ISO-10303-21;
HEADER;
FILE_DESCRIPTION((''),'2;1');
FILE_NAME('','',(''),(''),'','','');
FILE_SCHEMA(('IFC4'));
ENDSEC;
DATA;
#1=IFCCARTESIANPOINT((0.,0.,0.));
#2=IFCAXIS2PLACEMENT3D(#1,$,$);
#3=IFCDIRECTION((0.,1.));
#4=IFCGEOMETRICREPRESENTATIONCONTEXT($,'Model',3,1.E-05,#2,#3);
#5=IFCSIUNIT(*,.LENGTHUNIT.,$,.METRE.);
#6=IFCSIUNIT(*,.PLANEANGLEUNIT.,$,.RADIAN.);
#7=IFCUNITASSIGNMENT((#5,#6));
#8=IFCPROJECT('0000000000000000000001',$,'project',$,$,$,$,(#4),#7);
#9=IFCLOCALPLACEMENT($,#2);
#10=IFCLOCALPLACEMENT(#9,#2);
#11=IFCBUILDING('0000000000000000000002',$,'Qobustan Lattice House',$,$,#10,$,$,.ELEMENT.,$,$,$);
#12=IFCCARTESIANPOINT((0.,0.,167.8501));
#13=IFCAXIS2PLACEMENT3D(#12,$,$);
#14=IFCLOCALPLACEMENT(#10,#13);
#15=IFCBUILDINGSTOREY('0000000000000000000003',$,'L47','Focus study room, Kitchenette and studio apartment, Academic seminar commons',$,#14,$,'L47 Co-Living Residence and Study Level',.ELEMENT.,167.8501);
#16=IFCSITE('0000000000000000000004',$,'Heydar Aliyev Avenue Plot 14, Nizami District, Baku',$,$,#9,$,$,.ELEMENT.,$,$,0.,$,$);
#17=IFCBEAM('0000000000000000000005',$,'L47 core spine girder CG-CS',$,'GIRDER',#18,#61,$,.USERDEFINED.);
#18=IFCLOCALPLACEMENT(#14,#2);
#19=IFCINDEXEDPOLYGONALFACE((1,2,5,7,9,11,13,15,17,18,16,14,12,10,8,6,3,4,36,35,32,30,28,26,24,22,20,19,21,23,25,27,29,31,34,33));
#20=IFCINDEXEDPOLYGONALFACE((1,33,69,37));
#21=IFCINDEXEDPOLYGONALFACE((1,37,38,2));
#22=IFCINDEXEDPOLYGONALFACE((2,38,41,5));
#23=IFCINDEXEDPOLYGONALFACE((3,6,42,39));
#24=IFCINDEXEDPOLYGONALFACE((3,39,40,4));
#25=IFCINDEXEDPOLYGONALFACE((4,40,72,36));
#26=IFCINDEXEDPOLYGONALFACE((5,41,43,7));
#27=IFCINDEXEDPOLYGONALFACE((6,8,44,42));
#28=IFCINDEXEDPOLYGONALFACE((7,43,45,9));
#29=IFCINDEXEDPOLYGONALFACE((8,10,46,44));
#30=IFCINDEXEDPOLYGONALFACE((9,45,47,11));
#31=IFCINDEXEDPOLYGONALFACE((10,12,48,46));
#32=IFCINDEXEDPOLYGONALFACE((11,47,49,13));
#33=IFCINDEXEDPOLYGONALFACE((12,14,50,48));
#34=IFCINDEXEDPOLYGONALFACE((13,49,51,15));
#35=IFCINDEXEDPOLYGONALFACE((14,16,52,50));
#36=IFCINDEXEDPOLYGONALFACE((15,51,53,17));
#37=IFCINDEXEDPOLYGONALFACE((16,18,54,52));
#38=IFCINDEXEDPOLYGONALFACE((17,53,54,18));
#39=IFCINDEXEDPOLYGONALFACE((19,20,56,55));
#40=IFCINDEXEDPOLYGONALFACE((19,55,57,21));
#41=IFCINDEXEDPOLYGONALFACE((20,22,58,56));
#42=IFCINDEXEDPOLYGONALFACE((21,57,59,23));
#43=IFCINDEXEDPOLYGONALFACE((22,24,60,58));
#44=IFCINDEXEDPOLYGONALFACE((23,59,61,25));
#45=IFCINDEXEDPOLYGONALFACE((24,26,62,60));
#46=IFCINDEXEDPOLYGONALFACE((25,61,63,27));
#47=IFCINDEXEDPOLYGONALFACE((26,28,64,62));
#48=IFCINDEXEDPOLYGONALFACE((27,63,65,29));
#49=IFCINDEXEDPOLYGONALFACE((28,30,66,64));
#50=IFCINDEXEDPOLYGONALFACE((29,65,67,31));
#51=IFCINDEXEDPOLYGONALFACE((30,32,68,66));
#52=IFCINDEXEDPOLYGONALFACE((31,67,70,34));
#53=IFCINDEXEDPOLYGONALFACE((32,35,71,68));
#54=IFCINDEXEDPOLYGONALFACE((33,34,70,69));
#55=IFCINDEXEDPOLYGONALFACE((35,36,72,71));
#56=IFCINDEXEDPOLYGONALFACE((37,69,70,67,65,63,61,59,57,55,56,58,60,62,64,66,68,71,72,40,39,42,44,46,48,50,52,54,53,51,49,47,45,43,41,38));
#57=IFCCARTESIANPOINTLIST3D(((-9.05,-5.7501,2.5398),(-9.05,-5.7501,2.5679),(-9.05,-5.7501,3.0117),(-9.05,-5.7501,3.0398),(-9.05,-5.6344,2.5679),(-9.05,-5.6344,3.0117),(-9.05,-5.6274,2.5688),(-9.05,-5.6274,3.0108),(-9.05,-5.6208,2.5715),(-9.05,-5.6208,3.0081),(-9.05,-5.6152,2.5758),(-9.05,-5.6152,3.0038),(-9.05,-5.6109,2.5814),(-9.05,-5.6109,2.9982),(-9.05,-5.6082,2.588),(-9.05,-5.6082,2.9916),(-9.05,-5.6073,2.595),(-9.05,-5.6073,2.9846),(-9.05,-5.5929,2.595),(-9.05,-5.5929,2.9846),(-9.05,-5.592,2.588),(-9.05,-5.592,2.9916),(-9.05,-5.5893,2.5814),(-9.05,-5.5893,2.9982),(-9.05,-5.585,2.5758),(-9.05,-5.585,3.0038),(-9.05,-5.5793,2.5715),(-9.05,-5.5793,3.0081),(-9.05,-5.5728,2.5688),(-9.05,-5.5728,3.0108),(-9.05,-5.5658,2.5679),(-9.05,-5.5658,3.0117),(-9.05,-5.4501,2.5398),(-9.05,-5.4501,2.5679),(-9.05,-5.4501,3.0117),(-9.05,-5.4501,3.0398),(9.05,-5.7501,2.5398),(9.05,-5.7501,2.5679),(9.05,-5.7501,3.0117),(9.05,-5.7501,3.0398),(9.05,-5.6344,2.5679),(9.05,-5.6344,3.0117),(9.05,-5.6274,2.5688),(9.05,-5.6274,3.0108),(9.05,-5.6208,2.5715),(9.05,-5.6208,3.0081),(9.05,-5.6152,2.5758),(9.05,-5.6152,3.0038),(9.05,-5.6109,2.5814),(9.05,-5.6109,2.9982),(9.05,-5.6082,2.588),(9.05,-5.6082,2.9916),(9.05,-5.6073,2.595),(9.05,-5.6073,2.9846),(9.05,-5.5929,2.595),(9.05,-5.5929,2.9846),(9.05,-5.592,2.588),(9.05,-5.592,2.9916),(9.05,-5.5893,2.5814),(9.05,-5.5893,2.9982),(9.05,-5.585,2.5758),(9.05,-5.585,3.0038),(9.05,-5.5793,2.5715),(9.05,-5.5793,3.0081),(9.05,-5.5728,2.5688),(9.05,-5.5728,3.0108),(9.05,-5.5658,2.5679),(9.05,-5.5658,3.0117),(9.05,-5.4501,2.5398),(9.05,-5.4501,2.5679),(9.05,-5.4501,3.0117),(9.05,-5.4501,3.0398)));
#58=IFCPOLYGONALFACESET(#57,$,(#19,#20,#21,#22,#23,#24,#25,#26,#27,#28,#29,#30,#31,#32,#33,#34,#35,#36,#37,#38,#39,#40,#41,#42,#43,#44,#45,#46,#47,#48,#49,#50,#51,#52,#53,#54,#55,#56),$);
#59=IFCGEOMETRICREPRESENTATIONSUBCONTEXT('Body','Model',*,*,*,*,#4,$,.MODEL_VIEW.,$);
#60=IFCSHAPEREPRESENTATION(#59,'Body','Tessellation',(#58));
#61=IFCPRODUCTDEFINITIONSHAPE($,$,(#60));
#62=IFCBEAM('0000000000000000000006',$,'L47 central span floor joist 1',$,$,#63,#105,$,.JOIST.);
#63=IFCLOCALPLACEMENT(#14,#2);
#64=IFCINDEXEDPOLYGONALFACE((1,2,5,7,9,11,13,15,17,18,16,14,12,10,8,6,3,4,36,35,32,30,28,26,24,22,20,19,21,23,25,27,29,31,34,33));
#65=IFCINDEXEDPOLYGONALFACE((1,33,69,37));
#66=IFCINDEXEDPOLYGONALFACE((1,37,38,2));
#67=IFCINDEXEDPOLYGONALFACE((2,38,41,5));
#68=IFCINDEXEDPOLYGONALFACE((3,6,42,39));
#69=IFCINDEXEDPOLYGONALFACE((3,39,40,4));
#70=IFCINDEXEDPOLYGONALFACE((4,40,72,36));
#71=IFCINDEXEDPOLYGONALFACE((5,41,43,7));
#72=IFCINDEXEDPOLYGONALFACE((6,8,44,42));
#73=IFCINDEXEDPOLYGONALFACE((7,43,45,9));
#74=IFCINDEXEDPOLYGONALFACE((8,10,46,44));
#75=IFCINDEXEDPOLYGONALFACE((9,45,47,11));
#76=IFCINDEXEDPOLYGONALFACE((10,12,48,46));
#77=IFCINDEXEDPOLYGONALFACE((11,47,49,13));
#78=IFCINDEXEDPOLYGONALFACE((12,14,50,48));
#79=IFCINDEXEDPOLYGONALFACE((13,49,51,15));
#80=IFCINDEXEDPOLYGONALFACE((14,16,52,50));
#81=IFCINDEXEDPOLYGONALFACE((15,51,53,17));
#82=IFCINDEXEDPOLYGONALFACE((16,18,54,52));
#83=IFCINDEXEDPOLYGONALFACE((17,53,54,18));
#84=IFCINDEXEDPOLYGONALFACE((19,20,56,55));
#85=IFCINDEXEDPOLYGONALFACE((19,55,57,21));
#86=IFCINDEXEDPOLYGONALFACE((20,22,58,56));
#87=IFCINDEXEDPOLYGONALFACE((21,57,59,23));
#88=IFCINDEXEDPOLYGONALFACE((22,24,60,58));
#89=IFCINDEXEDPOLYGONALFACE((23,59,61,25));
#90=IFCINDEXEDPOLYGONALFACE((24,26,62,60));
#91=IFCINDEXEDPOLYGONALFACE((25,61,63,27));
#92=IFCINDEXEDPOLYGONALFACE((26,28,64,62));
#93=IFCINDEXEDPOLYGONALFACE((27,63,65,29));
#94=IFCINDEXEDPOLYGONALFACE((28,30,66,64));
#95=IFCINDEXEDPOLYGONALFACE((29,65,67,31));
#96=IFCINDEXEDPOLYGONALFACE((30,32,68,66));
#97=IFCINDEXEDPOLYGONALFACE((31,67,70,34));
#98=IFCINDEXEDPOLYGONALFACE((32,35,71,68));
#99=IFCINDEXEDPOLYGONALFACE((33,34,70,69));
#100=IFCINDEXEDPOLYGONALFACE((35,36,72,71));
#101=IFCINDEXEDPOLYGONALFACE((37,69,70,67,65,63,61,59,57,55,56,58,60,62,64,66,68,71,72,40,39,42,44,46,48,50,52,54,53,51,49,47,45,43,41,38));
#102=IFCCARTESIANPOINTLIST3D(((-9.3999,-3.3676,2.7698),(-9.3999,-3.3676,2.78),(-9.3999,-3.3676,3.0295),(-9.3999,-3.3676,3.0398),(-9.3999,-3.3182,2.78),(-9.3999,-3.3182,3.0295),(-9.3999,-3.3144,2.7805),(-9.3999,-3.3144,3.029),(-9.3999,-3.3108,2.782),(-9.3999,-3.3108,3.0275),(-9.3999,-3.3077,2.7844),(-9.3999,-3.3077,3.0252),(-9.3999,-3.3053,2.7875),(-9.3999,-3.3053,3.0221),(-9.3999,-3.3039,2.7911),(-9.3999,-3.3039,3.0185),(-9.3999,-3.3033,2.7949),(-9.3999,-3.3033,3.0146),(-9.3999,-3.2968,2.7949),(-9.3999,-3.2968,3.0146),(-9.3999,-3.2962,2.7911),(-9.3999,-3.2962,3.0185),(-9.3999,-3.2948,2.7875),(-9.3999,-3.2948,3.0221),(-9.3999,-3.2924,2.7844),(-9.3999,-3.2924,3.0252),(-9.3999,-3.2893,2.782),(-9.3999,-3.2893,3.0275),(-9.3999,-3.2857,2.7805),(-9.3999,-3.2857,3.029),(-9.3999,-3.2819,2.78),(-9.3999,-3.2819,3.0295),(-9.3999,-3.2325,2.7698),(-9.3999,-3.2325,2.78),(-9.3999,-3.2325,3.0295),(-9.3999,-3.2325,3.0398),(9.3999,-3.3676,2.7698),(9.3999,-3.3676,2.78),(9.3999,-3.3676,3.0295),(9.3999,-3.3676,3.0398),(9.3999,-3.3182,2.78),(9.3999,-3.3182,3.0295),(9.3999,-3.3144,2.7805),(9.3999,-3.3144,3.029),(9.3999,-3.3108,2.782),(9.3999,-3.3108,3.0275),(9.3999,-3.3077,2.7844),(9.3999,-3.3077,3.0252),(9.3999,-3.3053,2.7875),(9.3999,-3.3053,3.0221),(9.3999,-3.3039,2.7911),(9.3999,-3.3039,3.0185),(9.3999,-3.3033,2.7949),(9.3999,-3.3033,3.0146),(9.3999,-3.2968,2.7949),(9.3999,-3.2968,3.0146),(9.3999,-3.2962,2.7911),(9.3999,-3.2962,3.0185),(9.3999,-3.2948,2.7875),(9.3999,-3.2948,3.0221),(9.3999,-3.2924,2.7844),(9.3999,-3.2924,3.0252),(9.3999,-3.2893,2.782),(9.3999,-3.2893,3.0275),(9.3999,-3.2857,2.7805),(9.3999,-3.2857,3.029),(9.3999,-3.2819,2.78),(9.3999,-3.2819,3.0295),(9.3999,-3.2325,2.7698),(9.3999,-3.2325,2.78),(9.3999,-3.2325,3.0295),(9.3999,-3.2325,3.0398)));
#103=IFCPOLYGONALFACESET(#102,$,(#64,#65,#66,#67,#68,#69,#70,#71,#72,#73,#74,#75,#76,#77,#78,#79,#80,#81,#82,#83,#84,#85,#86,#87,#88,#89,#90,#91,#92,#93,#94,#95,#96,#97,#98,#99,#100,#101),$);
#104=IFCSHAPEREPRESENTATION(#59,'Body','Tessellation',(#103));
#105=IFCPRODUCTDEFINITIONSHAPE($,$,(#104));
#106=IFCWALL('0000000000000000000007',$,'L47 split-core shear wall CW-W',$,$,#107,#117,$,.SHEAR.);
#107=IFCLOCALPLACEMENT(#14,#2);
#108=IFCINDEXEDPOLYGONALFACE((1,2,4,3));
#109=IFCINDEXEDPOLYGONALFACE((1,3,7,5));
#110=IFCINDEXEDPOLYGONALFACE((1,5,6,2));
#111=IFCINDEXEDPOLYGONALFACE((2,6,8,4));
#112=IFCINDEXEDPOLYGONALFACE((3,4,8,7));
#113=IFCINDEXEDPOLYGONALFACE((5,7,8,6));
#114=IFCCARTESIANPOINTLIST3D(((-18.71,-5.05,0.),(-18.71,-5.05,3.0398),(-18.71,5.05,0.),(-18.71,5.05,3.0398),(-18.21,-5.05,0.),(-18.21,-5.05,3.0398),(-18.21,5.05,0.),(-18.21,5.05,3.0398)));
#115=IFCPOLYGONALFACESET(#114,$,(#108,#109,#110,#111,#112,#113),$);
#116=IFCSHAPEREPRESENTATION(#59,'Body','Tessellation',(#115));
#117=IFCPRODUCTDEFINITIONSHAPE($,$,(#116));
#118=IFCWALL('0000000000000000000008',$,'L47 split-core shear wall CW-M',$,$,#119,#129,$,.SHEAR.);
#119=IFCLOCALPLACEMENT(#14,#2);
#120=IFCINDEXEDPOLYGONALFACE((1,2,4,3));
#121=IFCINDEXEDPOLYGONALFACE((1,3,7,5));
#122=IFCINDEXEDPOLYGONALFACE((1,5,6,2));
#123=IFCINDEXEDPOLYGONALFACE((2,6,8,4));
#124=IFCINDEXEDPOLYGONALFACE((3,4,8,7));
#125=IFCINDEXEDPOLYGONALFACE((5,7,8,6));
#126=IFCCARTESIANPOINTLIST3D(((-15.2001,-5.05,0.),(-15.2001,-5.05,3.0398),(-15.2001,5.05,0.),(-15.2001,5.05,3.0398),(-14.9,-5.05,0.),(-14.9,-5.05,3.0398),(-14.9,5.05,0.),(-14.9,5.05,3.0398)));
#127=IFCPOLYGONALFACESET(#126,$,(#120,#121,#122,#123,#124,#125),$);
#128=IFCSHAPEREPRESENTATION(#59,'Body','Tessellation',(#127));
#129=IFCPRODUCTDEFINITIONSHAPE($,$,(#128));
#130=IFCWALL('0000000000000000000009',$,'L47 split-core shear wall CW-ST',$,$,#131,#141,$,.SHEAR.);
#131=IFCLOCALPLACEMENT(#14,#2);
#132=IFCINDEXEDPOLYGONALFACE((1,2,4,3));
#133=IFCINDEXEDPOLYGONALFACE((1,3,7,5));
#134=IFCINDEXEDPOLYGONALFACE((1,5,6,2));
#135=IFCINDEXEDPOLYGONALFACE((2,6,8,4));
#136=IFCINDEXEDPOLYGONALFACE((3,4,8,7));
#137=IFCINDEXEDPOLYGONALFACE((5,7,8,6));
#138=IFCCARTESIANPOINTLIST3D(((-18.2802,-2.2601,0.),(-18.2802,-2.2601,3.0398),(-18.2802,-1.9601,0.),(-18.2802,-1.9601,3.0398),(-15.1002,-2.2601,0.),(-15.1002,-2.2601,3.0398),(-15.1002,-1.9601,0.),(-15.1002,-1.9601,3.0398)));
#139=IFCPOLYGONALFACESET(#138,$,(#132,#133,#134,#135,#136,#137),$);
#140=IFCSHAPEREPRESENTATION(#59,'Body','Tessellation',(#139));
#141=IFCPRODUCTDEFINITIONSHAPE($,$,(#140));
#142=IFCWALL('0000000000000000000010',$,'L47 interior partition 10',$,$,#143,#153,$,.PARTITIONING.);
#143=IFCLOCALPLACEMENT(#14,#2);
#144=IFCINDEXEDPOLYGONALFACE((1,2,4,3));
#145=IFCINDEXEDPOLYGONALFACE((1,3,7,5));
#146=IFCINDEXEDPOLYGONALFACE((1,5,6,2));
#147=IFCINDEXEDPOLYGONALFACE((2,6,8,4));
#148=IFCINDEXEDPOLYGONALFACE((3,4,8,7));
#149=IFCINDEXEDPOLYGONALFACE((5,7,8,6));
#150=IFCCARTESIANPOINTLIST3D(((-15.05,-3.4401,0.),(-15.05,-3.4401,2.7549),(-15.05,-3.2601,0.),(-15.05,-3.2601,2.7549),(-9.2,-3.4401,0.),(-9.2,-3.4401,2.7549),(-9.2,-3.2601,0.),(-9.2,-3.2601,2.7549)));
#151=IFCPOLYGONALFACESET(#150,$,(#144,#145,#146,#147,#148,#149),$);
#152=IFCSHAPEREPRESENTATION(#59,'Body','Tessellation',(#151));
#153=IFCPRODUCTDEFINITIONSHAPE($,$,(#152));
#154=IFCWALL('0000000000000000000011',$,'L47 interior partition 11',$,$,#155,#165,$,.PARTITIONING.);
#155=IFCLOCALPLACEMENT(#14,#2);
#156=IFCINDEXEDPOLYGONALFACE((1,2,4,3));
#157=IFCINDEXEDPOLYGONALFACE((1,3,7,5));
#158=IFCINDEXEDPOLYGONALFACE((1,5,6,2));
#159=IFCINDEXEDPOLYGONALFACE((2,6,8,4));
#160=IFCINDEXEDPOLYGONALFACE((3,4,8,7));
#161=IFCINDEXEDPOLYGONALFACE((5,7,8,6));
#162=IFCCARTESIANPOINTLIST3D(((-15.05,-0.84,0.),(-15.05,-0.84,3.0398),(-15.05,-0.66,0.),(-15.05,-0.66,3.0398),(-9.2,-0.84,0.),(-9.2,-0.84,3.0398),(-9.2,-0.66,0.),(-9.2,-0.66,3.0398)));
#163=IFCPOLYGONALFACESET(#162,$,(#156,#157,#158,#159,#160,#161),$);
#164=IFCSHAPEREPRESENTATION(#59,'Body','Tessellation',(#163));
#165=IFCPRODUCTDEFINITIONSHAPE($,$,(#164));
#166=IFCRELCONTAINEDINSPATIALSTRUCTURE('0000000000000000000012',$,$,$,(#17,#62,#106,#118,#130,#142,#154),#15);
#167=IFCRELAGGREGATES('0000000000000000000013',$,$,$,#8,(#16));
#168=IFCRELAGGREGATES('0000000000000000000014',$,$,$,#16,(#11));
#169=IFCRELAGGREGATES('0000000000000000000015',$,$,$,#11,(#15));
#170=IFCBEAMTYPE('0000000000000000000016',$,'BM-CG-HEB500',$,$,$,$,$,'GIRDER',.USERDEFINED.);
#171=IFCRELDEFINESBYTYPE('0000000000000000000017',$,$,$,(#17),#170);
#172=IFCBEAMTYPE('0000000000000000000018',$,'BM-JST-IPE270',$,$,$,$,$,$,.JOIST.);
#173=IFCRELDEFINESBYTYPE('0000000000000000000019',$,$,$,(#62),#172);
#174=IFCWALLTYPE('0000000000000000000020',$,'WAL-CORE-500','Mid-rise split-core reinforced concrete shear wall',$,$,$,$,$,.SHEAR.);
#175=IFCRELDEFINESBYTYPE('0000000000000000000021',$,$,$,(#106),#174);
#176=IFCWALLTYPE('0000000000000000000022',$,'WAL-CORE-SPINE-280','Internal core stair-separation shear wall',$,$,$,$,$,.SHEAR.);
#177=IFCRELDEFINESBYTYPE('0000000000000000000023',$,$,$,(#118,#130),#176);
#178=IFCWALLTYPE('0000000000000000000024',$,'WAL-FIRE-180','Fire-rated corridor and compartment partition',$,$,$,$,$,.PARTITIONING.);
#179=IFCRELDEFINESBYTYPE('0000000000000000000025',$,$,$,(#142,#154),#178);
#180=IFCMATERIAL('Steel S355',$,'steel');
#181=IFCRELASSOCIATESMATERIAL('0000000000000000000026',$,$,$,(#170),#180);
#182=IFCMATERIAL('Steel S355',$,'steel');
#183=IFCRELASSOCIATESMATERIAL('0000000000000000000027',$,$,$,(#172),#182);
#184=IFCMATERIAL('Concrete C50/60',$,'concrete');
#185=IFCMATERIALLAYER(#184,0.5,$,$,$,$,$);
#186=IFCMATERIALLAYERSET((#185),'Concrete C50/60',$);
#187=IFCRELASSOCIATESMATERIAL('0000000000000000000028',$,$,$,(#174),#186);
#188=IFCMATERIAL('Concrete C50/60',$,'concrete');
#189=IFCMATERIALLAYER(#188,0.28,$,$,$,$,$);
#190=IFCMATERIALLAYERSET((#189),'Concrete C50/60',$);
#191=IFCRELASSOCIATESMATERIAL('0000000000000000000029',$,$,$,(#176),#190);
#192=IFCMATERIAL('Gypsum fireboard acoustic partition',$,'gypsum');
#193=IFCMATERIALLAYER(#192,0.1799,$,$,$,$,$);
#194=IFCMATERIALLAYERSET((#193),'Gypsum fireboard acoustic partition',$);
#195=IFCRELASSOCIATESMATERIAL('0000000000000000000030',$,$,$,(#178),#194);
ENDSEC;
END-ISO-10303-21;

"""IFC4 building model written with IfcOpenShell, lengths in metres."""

from ifc_helpers import new_model, si_unit, direction, frame, frame_2d, origin, origin_2d, place, context, subcontext, project, spatial, rectangle, i_section, extrude, material, layer, layer_set, material_profile, profile_set, type_object, element, save


model = new_model("IFC4")

# Units and contexts
model_context = context("Model", 3, precision=1e-05, world=origin(), true_north=direction((0.0, 1.0)))
body_context = subcontext(model_context, "Body", "Model", "MODEL_VIEW")
ifc_project = project(units=[si_unit("LENGTHUNIT", "METRE"), si_unit("PLANEANGLEUNIT", "RADIAN")], contexts=[model_context])

# Site, building, storey
site_placement = place(None, origin())
site = spatial("IfcSite", under=ifc_project, at=site_placement, Name="Heydar Aliyev Avenue Plot 14, Nizami District, Baku", CompositionType="ELEMENT", RefElevation=0.0)
building_placement = place(site_placement, origin())
building = spatial("IfcBuilding", under=site, at=building_placement, Name="Qobustan Lattice House", CompositionType="ELEMENT")
storey_placement = place(building_placement, frame((0.0, 0.0, 167.8501)))
storey = spatial("IfcBuildingStorey", under=building, at=storey_placement, Name="L47", Description="Focus study room, Kitchenette and studio apartment, Academic seminar commons", LongName="L47 Co-Living Residence and Study Level", CompositionType="ELEMENT", Elevation=167.8501)

# Beams
ifc_material_1 = material(Name="Steel S355", Category="steel")
ifc_material_profile_1 = material_profile(ifc_material_1, i_section(OverallWidth=0.3, OverallDepth=0.5, WebThickness=0.0144, FlangeThickness=0.0281, FilletRadius=0.0271, at=origin_2d()), Name="HEB500")
ifc_profile_set_1 = profile_set([ifc_material_profile_1], Name="Steel S355")
beam_type_1 = type_object("IfcBeamType", Name="BM-CG-HEB500", ElementType="GIRDER", PredefinedType="USERDEFINED", material=ifc_profile_set_1)
beam_1_placement = place(storey_placement, frame((-9.05, -5.6001, 2.7898), z_axis=(1.0, 0.0, 0.0), x_axis=(0.0, 1.0, 0.0)))
element("IfcBeam", 1, at=beam_1_placement, inside=storey, type_object=beam_type_1, Name="L47 core spine girder CG-CS", ObjectType="GIRDER", PredefinedType="USERDEFINED", context=body_context, shape_type="SweptSolid", body=[
    extrude(i_section(OverallWidth=0.3, OverallDepth=0.5, WebThickness=0.0144, FlangeThickness=0.0281, FilletRadius=0.0271, at=origin_2d()), origin(), (0.0, 0.0, 1.0), 18.1001),
])
ifc_material_2 = material(Name="Steel S355", Category="steel")
ifc_material_profile_2 = material_profile(ifc_material_2, i_section(OverallWidth=0.135, OverallDepth=0.27, WebThickness=0.0066, FlangeThickness=0.0103, FilletRadius=0.0149, at=origin_2d()), Name="IPE270")
ifc_profile_set_2 = profile_set([ifc_material_profile_2], Name="Steel S355")
beam_type_2 = type_object("IfcBeamType", Name="BM-JST-IPE270", PredefinedType="JOIST", material=ifc_profile_set_2)
beam_2_placement = place(storey_placement, frame((-9.3999, -3.3, 2.9048), z_axis=(1.0, 0.0, 0.0), x_axis=(0.0, 1.0, 0.0)))
element("IfcBeam", 2, at=beam_2_placement, inside=storey, type_object=beam_type_2, Name="L47 central span floor joist 1", PredefinedType="JOIST", context=body_context, shape_type="SweptSolid", body=[
    extrude(i_section(OverallWidth=0.135, OverallDepth=0.27, WebThickness=0.0066, FlangeThickness=0.0103, FilletRadius=0.0149, at=origin_2d()), origin(), (0.0, 0.0, 1.0), 18.7998),
])

# Wall
ifc_material_3 = material(Name="Concrete C50/60", Category="concrete")
ifc_layer_1 = layer(ifc_material_3, 0.5)
ifc_layer_set_1 = layer_set([ifc_layer_1], Name="Concrete C50/60")
wall_type_1 = type_object("IfcWallType", Name="WAL-CORE-500", Description="Mid-rise split-core reinforced concrete shear wall", PredefinedType="SHEAR", material=ifc_layer_set_1)
wall_1_placement = place(storey_placement, frame((-18.46, -5.05, 0.0), z_axis=(0.0, 0.0, 1.0), x_axis=(0.0, 1.0, 0.0)))
element("IfcWall", 3, at=wall_1_placement, inside=storey, type_object=wall_type_1, Name="L47 split-core shear wall CW-W", PredefinedType="SHEAR", context=body_context, shape_type="SweptSolid", body=[
    extrude(rectangle(XDim=10.1001, YDim=0.5, at=frame_2d((5.05, 0.0))), origin(), (0.0, 0.0, 1.0), 3.0398),
])

# Walls
ifc_material_4 = material(Name="Concrete C50/60", Category="concrete")
ifc_layer_2 = layer(ifc_material_4, 0.28)
ifc_layer_set_2 = layer_set([ifc_layer_2], Name="Concrete C50/60")
wall_type_2 = type_object("IfcWallType", Name="WAL-CORE-SPINE-280", Description="Internal core stair-separation shear wall", PredefinedType="SHEAR", material=ifc_layer_set_2)
wall_2_placement = place(storey_placement, frame((-15.05, -5.05, 0.0), z_axis=(0.0, 0.0, 1.0), x_axis=(0.0, 1.0, 0.0)))
element("IfcWall", 4, at=wall_2_placement, inside=storey, type_object=wall_type_2, Name="L47 split-core shear wall CW-M", PredefinedType="SHEAR", context=body_context, shape_type="SweptSolid", body=[
    extrude(rectangle(XDim=10.1001, YDim=0.3, at=frame_2d((5.05, 0.0))), origin(), (0.0, 0.0, 1.0), 3.0398),
])
wall_3_placement = place(storey_placement, frame((-18.28, -2.1101, 0.0), z_axis=(0.0, 0.0, 1.0), x_axis=(1.0, 0.0, 0.0)))
element("IfcWall", 5, at=wall_3_placement, inside=storey, type_object=wall_type_2, Name="L47 split-core shear wall CW-ST", PredefinedType="SHEAR", context=body_context, shape_type="SweptSolid", body=[
    extrude(rectangle(XDim=3.1799, YDim=0.3, at=frame_2d((1.5898, 0.0))), origin(), (0.0, 0.0, 1.0), 3.0398),
])
ifc_material_5 = material(Name="Gypsum fireboard acoustic partition", Category="gypsum")
ifc_layer_3 = layer(ifc_material_5, 0.1799)
ifc_layer_set_3 = layer_set([ifc_layer_3], Name="Gypsum fireboard acoustic partition")
wall_type_3 = type_object("IfcWallType", Name="WAL-FIRE-180", Description="Fire-rated corridor and compartment partition", PredefinedType="PARTITIONING", material=ifc_layer_set_3)
wall_4_placement = place(storey_placement, frame((-15.05, -3.3501, 0.0), z_axis=(0.0, 0.0, 1.0), x_axis=(1.0, 0.0, 0.0)))
element("IfcWall", 6, at=wall_4_placement, inside=storey, type_object=wall_type_3, Name="L47 interior partition 10", PredefinedType="PARTITIONING", context=body_context, shape_type="SweptSolid", body=[
    extrude(rectangle(XDim=5.8501, YDim=0.1799, at=frame_2d((2.925, 0.0))), origin(), (0.0, 0.0, 1.0), 2.7549),
])
wall_5_placement = place(storey_placement, frame((-9.2, -0.75, 0.0), z_axis=(0.0, 0.0, 1.0), x_axis=(-1.0, 0.0, 0.0)))
element("IfcWall", 7, at=wall_5_placement, inside=storey, type_object=wall_type_3, Name="L47 interior partition 11", PredefinedType="PARTITIONING", context=body_context, shape_type="SweptSolid", body=[
    extrude(rectangle(XDim=5.8501, YDim=0.1799, at=frame_2d((2.925, 0.0))), origin(), (0.0, 0.0, 1.0), 3.0398),
])

save(model, "model.ifc")
